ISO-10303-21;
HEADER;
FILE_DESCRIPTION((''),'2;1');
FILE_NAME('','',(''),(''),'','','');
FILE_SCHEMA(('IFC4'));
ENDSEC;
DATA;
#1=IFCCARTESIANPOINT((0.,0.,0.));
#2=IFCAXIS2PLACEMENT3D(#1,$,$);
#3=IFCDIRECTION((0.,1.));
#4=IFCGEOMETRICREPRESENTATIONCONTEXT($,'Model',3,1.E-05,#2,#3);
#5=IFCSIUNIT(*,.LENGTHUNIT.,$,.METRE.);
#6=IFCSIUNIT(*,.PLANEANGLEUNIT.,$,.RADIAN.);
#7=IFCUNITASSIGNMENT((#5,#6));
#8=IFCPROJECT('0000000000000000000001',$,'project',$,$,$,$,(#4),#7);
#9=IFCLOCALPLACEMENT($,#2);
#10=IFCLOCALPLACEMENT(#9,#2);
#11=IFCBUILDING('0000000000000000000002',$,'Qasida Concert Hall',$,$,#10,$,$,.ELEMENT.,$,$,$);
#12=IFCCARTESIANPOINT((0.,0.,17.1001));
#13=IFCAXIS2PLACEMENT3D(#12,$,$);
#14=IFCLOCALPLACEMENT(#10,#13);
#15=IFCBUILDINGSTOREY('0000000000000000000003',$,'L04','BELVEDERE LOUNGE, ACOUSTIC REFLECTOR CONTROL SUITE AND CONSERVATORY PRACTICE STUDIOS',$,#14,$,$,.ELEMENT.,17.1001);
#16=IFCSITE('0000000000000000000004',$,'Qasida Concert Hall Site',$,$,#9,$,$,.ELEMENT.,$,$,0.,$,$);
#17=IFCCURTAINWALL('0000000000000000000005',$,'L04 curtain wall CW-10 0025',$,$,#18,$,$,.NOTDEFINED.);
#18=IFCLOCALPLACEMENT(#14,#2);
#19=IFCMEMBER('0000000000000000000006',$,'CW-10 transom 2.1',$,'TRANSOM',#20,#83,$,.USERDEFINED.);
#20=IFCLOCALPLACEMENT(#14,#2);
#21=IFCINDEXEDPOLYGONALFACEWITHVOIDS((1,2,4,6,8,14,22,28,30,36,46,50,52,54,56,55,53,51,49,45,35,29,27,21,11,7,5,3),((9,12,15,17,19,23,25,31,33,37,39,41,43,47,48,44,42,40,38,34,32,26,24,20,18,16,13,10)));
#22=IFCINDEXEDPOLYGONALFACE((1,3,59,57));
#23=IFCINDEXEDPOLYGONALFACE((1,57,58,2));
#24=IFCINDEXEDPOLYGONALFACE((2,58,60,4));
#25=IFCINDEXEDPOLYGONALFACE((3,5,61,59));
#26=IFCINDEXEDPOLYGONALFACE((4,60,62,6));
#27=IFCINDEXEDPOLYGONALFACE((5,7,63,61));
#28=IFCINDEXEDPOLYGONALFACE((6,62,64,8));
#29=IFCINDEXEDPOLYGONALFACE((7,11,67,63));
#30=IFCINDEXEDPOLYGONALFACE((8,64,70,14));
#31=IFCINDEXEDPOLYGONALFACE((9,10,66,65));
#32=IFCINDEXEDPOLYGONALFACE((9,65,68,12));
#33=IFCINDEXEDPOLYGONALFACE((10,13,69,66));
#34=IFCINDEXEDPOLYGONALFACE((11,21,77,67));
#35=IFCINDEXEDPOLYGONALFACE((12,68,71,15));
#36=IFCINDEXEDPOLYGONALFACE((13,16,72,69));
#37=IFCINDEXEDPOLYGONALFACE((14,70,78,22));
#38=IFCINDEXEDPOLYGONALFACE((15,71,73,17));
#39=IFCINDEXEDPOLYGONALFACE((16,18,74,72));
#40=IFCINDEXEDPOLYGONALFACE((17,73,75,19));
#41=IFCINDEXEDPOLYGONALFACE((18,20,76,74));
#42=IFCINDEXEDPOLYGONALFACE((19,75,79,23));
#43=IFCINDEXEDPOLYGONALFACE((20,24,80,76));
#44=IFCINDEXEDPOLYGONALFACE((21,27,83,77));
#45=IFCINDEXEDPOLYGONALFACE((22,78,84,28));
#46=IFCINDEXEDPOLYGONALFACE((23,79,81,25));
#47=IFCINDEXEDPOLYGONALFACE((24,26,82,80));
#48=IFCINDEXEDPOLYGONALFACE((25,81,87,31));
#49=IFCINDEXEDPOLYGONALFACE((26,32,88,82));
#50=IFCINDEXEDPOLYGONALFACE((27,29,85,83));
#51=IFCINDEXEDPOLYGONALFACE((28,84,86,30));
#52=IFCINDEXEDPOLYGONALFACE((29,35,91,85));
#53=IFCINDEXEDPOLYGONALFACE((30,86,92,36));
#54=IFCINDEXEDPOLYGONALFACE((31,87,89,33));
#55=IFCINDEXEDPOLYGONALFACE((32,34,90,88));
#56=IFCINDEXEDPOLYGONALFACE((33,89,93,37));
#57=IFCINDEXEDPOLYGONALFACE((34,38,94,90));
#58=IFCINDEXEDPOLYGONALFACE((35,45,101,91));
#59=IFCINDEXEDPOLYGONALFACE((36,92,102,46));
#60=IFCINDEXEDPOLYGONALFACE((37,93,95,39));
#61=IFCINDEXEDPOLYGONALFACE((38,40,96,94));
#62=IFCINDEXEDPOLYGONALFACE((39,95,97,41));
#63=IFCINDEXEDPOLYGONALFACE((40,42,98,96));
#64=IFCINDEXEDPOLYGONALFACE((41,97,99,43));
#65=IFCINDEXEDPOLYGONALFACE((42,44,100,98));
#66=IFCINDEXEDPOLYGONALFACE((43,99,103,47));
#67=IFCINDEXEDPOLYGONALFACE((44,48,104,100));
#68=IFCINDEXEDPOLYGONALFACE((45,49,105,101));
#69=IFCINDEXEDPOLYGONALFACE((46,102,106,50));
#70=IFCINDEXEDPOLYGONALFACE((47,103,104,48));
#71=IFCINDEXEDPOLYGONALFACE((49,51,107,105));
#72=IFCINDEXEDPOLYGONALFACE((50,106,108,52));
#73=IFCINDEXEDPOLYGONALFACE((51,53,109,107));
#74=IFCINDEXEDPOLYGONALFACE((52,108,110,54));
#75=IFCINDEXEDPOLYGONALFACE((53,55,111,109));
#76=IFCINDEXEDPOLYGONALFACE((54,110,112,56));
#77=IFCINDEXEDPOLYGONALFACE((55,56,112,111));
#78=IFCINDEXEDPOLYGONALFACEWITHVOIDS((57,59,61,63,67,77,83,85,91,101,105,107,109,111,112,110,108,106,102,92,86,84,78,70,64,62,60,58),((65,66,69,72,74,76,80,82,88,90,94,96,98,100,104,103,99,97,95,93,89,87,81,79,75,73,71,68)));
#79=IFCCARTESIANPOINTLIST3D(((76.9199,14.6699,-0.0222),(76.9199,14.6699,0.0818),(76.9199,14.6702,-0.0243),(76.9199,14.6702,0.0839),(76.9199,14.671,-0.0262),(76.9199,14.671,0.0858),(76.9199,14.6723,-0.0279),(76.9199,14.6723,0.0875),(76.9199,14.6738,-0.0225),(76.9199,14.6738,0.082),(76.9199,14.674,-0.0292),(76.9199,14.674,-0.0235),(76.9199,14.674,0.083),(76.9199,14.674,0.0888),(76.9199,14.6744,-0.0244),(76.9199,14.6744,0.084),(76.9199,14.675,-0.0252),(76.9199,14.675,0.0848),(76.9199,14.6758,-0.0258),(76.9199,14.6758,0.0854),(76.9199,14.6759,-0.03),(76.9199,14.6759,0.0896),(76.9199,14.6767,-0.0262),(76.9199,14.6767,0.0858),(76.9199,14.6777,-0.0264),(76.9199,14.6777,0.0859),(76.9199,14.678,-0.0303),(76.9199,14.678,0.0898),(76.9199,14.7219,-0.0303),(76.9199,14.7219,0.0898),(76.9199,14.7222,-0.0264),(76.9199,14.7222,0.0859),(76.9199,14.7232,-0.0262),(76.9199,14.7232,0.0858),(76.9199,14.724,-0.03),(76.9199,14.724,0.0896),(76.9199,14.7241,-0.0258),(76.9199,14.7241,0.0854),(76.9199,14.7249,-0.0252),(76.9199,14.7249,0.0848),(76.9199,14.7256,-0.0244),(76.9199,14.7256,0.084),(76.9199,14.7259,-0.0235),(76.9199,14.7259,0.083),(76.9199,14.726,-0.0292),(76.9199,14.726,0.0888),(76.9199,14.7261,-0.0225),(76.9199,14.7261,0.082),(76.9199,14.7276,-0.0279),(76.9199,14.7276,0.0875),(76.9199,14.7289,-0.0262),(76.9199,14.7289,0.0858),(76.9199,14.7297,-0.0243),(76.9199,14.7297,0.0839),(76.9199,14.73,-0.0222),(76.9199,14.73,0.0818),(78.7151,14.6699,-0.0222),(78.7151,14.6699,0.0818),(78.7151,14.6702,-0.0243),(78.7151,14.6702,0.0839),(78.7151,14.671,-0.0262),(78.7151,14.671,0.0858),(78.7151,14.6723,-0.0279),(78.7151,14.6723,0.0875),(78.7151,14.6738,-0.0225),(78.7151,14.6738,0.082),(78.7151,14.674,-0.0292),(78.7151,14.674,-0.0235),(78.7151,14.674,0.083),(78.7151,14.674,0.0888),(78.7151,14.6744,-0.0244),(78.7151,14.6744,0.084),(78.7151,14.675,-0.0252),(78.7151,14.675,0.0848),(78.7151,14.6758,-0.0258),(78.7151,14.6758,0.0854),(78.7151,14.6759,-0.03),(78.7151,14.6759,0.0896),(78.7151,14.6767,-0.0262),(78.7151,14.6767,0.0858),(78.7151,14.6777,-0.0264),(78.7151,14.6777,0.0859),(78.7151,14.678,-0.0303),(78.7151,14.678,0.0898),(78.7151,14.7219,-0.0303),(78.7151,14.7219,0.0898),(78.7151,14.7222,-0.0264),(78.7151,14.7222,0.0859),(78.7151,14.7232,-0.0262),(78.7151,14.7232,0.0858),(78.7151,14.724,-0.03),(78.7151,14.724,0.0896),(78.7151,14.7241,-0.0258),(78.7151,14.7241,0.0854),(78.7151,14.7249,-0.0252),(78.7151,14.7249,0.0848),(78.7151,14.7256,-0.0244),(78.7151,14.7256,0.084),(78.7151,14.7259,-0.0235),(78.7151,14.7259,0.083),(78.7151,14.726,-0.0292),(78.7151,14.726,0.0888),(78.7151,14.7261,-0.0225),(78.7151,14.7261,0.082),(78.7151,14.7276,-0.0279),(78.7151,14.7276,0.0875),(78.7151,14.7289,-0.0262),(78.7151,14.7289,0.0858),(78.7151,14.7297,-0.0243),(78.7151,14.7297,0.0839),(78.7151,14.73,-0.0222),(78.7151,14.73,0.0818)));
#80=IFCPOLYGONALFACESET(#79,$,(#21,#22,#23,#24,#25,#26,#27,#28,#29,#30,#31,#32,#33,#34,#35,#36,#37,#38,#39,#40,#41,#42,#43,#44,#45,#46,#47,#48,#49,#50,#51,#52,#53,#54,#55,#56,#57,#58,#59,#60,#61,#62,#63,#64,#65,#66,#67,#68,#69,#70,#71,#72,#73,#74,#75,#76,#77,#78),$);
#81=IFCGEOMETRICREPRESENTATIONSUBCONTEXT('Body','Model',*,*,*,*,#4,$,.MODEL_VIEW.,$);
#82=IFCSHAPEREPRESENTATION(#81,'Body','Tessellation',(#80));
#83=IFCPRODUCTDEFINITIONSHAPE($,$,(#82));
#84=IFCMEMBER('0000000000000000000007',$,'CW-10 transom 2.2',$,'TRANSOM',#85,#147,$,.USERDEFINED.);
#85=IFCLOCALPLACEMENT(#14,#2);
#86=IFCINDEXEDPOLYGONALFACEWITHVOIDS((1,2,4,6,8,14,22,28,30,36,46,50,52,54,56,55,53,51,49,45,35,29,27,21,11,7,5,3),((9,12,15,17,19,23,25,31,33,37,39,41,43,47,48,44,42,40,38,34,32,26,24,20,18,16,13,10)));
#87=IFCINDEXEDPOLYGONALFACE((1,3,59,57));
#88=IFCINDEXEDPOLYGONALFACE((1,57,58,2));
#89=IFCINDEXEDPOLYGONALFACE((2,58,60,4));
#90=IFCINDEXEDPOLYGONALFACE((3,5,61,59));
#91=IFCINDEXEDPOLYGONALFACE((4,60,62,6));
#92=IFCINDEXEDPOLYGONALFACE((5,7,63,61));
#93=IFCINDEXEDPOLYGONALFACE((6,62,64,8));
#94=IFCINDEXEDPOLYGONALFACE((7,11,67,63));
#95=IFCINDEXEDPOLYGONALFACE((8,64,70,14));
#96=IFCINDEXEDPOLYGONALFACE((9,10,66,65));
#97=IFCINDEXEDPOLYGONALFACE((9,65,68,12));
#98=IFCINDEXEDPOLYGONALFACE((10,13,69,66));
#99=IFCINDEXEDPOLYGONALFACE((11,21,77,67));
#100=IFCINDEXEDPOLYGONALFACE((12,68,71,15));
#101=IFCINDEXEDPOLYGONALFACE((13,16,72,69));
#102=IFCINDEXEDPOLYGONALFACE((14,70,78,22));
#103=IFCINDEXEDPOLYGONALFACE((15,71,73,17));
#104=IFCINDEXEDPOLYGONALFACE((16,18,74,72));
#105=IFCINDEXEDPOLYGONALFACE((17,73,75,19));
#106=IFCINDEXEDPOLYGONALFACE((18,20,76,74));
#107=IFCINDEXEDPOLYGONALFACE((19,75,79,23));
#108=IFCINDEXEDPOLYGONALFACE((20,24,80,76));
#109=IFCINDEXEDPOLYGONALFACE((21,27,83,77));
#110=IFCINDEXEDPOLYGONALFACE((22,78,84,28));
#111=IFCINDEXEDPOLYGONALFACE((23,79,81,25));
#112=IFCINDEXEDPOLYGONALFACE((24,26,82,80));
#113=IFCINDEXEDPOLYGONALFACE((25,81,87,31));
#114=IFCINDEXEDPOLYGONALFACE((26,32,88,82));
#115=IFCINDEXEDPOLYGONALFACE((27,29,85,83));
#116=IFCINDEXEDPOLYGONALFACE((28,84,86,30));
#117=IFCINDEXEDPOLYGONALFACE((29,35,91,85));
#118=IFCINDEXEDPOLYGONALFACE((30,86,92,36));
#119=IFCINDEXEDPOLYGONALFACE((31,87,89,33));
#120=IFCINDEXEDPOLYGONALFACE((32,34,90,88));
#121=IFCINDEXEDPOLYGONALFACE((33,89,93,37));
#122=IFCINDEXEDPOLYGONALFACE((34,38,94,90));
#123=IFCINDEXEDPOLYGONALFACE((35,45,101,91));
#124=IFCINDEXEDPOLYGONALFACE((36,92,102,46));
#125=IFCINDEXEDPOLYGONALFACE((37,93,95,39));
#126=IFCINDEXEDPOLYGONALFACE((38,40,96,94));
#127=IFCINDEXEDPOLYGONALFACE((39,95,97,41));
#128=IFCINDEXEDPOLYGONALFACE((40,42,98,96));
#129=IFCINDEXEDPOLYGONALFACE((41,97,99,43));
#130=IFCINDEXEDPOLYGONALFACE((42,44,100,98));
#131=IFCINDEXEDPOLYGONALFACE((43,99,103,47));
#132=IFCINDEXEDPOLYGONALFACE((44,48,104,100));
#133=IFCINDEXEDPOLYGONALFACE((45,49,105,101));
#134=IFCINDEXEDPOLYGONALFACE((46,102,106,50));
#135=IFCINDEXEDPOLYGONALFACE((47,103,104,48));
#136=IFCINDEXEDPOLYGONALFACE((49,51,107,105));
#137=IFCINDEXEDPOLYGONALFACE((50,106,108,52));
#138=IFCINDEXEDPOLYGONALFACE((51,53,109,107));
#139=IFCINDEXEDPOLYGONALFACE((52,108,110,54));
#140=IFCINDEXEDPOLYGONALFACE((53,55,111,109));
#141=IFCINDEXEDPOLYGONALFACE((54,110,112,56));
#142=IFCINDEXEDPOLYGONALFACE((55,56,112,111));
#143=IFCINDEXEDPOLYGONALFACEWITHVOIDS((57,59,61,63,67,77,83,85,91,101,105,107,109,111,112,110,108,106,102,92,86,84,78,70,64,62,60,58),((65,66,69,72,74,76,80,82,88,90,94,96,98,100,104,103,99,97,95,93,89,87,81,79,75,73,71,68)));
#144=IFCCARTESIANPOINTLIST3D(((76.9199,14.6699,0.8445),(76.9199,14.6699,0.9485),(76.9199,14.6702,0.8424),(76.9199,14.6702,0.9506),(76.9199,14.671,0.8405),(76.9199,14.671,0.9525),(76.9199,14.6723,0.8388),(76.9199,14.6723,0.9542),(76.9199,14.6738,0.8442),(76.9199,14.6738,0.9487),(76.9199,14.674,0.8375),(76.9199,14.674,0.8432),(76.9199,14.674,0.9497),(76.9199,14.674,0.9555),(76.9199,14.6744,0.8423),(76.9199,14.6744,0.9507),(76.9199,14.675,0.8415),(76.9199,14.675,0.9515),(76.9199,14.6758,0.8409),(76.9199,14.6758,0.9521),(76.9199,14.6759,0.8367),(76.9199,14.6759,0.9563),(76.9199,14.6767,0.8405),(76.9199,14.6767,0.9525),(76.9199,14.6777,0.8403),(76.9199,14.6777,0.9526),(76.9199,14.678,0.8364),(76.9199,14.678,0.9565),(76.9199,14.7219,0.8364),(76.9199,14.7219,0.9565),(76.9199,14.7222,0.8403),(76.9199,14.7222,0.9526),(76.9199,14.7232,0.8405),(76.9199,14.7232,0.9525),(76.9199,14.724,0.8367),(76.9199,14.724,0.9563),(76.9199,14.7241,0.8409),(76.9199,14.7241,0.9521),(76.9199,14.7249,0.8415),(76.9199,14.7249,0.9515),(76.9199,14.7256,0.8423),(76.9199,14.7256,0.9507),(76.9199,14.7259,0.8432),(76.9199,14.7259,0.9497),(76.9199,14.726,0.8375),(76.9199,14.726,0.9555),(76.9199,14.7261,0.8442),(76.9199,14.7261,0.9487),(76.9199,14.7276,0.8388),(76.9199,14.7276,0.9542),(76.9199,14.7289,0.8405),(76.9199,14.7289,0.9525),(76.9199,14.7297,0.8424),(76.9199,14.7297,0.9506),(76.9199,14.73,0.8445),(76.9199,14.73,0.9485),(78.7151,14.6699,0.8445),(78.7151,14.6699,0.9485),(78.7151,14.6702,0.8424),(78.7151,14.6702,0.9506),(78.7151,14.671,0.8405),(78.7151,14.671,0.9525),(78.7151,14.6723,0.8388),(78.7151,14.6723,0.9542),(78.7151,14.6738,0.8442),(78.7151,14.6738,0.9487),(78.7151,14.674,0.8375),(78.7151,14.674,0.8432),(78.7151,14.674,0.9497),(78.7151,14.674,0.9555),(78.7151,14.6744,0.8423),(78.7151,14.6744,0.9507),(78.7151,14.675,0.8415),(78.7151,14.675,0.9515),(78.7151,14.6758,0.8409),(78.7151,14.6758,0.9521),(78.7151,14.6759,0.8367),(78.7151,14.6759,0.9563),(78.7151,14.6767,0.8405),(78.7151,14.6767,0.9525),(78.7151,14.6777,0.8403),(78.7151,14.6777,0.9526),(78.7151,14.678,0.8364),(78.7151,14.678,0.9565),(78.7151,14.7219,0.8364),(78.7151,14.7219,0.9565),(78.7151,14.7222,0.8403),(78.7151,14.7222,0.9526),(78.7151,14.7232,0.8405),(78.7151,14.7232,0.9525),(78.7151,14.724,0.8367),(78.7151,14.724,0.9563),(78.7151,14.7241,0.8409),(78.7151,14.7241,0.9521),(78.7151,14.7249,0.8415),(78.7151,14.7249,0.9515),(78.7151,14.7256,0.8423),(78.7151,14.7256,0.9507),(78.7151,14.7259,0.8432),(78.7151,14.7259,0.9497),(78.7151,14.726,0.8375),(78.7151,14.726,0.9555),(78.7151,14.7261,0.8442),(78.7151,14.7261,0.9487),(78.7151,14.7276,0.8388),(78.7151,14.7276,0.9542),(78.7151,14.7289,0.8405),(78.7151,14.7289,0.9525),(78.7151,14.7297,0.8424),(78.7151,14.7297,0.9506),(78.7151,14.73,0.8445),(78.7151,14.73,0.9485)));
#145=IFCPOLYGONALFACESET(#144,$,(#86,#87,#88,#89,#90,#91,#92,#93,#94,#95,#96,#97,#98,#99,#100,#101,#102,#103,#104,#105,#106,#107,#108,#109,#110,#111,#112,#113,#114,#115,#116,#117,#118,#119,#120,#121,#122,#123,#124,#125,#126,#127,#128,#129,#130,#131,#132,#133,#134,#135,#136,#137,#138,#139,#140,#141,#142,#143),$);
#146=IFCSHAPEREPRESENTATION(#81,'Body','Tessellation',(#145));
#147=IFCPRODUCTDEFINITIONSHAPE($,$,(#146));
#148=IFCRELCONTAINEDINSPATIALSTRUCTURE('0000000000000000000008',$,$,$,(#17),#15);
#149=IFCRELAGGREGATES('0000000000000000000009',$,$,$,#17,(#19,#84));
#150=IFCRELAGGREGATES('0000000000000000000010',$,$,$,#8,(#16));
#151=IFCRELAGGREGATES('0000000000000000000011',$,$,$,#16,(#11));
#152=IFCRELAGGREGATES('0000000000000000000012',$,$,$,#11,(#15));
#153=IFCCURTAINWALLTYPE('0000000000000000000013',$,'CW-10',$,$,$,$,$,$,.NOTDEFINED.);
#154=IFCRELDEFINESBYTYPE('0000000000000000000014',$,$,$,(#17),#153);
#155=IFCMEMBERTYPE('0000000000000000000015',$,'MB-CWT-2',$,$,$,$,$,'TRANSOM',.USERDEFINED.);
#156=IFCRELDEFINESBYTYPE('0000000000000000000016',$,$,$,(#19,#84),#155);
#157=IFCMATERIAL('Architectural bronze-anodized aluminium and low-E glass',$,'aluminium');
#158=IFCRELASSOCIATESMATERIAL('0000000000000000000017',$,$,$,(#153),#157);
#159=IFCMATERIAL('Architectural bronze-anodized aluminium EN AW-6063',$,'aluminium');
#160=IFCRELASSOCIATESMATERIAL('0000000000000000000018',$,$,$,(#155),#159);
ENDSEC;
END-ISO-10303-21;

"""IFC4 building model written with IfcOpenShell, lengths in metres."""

from ifc_helpers import new_model, si_unit, direction, frame, origin, origin_2d, place, context, subcontext, project, spatial, hollow_rectangle, extrude, material, material_profile, profile_set, type_object, element, aggregate, save


model = new_model("IFC4")

# Units and contexts
model_context = context("Model", 3, precision=1e-05, world=origin(), true_north=direction((0.0, 1.0)))
body_context = subcontext(model_context, "Body", "Model", "MODEL_VIEW")
ifc_project = project(units=[si_unit("LENGTHUNIT", "METRE"), si_unit("PLANEANGLEUNIT", "RADIAN")], contexts=[model_context])

# Site, building, storey
site_placement = place(None, origin())
site = spatial("IfcSite", under=ifc_project, at=site_placement, Name="Qasida Concert Hall Site", CompositionType="ELEMENT", RefElevation=0.0)
building_placement = place(site_placement, origin())
building = spatial("IfcBuilding", under=site, at=building_placement, Name="Qasida Concert Hall", CompositionType="ELEMENT")
storey_placement = place(building_placement, frame((0.0, 0.0, 17.1001)))
storey = spatial("IfcBuildingStorey", under=building, at=storey_placement, Name="L04", Description="BELVEDERE LOUNGE, ACOUSTIC REFLECTOR CONTROL SUITE AND CONSERVATORY PRACTICE STUDIOS", CompositionType="ELEMENT", Elevation=17.1001)

# Curtain wall, members
ifc_material_1 = material(Name="Architectural bronze-anodized aluminium and low-E glass", Category="aluminium")
curtain_wall_type = type_object("IfcCurtainWallType", Name="CW-10", PredefinedType="NOTDEFINED", material=ifc_material_1)
curtain_wall_placement = place(storey_placement, origin())
curtain_wall = element("IfcCurtainWall", 1, at=curtain_wall_placement, inside=storey, type_object=curtain_wall_type, Name="L04 curtain wall CW-10 0025", PredefinedType="NOTDEFINED")
ifc_material_2 = material(Name="Architectural bronze-anodized aluminium EN AW-6063", Category="aluminium")
ifc_material_profile_1 = material_profile(ifc_material_2, hollow_rectangle(XDim=0.0601, YDim=0.1201, WallThickness=0.0039, InnerFilletRadius=0.0039, OuterFilletRadius=0.0081, at=origin_2d()), Name="CWT 120x60x4")
ifc_profile_set_1 = profile_set([ifc_material_profile_1], Name="Architectural bronze-anodized aluminium EN AW-6063")
member_type_1 = type_object("IfcMemberType", Name="MB-CWT-2", ElementType="TRANSOM", PredefinedType="USERDEFINED", material=ifc_profile_set_1)
member_1_placement = place(storey_placement, frame((76.9199, 14.7, 0.0298), z_axis=(1.0, 0.0, 0.0), x_axis=(0.0, 1.0, 0.0)))
member_1 = element("IfcMember", 2, at=member_1_placement, type_object=member_type_1, Name="CW-10 transom 2.1", ObjectType="TRANSOM", PredefinedType="USERDEFINED", context=body_context, shape_type="SweptSolid", body=[
    extrude(hollow_rectangle(XDim=0.0601, YDim=0.1201, WallThickness=0.0039, InnerFilletRadius=0.0039, OuterFilletRadius=0.0081, at=origin_2d()), origin(), (0.0, 0.0, 1.0), 1.7952),
])
member_2_placement = place(storey_placement, frame((76.9199, 14.7, 0.8965), z_axis=(1.0, 0.0, 0.0), x_axis=(0.0, 1.0, 0.0)))
member_2 = element("IfcMember", 3, at=member_2_placement, type_object=member_type_1, Name="CW-10 transom 2.2", ObjectType="TRANSOM", PredefinedType="USERDEFINED", context=body_context, shape_type="SweptSolid", body=[
    extrude(hollow_rectangle(XDim=0.0601, YDim=0.1201, WallThickness=0.0039, InnerFilletRadius=0.0039, OuterFilletRadius=0.0081, at=origin_2d()), origin(), (0.0, 0.0, 1.0), 1.7952),
])
aggregate(curtain_wall, [member_1, member_2])

save(model, "model.ifc")
